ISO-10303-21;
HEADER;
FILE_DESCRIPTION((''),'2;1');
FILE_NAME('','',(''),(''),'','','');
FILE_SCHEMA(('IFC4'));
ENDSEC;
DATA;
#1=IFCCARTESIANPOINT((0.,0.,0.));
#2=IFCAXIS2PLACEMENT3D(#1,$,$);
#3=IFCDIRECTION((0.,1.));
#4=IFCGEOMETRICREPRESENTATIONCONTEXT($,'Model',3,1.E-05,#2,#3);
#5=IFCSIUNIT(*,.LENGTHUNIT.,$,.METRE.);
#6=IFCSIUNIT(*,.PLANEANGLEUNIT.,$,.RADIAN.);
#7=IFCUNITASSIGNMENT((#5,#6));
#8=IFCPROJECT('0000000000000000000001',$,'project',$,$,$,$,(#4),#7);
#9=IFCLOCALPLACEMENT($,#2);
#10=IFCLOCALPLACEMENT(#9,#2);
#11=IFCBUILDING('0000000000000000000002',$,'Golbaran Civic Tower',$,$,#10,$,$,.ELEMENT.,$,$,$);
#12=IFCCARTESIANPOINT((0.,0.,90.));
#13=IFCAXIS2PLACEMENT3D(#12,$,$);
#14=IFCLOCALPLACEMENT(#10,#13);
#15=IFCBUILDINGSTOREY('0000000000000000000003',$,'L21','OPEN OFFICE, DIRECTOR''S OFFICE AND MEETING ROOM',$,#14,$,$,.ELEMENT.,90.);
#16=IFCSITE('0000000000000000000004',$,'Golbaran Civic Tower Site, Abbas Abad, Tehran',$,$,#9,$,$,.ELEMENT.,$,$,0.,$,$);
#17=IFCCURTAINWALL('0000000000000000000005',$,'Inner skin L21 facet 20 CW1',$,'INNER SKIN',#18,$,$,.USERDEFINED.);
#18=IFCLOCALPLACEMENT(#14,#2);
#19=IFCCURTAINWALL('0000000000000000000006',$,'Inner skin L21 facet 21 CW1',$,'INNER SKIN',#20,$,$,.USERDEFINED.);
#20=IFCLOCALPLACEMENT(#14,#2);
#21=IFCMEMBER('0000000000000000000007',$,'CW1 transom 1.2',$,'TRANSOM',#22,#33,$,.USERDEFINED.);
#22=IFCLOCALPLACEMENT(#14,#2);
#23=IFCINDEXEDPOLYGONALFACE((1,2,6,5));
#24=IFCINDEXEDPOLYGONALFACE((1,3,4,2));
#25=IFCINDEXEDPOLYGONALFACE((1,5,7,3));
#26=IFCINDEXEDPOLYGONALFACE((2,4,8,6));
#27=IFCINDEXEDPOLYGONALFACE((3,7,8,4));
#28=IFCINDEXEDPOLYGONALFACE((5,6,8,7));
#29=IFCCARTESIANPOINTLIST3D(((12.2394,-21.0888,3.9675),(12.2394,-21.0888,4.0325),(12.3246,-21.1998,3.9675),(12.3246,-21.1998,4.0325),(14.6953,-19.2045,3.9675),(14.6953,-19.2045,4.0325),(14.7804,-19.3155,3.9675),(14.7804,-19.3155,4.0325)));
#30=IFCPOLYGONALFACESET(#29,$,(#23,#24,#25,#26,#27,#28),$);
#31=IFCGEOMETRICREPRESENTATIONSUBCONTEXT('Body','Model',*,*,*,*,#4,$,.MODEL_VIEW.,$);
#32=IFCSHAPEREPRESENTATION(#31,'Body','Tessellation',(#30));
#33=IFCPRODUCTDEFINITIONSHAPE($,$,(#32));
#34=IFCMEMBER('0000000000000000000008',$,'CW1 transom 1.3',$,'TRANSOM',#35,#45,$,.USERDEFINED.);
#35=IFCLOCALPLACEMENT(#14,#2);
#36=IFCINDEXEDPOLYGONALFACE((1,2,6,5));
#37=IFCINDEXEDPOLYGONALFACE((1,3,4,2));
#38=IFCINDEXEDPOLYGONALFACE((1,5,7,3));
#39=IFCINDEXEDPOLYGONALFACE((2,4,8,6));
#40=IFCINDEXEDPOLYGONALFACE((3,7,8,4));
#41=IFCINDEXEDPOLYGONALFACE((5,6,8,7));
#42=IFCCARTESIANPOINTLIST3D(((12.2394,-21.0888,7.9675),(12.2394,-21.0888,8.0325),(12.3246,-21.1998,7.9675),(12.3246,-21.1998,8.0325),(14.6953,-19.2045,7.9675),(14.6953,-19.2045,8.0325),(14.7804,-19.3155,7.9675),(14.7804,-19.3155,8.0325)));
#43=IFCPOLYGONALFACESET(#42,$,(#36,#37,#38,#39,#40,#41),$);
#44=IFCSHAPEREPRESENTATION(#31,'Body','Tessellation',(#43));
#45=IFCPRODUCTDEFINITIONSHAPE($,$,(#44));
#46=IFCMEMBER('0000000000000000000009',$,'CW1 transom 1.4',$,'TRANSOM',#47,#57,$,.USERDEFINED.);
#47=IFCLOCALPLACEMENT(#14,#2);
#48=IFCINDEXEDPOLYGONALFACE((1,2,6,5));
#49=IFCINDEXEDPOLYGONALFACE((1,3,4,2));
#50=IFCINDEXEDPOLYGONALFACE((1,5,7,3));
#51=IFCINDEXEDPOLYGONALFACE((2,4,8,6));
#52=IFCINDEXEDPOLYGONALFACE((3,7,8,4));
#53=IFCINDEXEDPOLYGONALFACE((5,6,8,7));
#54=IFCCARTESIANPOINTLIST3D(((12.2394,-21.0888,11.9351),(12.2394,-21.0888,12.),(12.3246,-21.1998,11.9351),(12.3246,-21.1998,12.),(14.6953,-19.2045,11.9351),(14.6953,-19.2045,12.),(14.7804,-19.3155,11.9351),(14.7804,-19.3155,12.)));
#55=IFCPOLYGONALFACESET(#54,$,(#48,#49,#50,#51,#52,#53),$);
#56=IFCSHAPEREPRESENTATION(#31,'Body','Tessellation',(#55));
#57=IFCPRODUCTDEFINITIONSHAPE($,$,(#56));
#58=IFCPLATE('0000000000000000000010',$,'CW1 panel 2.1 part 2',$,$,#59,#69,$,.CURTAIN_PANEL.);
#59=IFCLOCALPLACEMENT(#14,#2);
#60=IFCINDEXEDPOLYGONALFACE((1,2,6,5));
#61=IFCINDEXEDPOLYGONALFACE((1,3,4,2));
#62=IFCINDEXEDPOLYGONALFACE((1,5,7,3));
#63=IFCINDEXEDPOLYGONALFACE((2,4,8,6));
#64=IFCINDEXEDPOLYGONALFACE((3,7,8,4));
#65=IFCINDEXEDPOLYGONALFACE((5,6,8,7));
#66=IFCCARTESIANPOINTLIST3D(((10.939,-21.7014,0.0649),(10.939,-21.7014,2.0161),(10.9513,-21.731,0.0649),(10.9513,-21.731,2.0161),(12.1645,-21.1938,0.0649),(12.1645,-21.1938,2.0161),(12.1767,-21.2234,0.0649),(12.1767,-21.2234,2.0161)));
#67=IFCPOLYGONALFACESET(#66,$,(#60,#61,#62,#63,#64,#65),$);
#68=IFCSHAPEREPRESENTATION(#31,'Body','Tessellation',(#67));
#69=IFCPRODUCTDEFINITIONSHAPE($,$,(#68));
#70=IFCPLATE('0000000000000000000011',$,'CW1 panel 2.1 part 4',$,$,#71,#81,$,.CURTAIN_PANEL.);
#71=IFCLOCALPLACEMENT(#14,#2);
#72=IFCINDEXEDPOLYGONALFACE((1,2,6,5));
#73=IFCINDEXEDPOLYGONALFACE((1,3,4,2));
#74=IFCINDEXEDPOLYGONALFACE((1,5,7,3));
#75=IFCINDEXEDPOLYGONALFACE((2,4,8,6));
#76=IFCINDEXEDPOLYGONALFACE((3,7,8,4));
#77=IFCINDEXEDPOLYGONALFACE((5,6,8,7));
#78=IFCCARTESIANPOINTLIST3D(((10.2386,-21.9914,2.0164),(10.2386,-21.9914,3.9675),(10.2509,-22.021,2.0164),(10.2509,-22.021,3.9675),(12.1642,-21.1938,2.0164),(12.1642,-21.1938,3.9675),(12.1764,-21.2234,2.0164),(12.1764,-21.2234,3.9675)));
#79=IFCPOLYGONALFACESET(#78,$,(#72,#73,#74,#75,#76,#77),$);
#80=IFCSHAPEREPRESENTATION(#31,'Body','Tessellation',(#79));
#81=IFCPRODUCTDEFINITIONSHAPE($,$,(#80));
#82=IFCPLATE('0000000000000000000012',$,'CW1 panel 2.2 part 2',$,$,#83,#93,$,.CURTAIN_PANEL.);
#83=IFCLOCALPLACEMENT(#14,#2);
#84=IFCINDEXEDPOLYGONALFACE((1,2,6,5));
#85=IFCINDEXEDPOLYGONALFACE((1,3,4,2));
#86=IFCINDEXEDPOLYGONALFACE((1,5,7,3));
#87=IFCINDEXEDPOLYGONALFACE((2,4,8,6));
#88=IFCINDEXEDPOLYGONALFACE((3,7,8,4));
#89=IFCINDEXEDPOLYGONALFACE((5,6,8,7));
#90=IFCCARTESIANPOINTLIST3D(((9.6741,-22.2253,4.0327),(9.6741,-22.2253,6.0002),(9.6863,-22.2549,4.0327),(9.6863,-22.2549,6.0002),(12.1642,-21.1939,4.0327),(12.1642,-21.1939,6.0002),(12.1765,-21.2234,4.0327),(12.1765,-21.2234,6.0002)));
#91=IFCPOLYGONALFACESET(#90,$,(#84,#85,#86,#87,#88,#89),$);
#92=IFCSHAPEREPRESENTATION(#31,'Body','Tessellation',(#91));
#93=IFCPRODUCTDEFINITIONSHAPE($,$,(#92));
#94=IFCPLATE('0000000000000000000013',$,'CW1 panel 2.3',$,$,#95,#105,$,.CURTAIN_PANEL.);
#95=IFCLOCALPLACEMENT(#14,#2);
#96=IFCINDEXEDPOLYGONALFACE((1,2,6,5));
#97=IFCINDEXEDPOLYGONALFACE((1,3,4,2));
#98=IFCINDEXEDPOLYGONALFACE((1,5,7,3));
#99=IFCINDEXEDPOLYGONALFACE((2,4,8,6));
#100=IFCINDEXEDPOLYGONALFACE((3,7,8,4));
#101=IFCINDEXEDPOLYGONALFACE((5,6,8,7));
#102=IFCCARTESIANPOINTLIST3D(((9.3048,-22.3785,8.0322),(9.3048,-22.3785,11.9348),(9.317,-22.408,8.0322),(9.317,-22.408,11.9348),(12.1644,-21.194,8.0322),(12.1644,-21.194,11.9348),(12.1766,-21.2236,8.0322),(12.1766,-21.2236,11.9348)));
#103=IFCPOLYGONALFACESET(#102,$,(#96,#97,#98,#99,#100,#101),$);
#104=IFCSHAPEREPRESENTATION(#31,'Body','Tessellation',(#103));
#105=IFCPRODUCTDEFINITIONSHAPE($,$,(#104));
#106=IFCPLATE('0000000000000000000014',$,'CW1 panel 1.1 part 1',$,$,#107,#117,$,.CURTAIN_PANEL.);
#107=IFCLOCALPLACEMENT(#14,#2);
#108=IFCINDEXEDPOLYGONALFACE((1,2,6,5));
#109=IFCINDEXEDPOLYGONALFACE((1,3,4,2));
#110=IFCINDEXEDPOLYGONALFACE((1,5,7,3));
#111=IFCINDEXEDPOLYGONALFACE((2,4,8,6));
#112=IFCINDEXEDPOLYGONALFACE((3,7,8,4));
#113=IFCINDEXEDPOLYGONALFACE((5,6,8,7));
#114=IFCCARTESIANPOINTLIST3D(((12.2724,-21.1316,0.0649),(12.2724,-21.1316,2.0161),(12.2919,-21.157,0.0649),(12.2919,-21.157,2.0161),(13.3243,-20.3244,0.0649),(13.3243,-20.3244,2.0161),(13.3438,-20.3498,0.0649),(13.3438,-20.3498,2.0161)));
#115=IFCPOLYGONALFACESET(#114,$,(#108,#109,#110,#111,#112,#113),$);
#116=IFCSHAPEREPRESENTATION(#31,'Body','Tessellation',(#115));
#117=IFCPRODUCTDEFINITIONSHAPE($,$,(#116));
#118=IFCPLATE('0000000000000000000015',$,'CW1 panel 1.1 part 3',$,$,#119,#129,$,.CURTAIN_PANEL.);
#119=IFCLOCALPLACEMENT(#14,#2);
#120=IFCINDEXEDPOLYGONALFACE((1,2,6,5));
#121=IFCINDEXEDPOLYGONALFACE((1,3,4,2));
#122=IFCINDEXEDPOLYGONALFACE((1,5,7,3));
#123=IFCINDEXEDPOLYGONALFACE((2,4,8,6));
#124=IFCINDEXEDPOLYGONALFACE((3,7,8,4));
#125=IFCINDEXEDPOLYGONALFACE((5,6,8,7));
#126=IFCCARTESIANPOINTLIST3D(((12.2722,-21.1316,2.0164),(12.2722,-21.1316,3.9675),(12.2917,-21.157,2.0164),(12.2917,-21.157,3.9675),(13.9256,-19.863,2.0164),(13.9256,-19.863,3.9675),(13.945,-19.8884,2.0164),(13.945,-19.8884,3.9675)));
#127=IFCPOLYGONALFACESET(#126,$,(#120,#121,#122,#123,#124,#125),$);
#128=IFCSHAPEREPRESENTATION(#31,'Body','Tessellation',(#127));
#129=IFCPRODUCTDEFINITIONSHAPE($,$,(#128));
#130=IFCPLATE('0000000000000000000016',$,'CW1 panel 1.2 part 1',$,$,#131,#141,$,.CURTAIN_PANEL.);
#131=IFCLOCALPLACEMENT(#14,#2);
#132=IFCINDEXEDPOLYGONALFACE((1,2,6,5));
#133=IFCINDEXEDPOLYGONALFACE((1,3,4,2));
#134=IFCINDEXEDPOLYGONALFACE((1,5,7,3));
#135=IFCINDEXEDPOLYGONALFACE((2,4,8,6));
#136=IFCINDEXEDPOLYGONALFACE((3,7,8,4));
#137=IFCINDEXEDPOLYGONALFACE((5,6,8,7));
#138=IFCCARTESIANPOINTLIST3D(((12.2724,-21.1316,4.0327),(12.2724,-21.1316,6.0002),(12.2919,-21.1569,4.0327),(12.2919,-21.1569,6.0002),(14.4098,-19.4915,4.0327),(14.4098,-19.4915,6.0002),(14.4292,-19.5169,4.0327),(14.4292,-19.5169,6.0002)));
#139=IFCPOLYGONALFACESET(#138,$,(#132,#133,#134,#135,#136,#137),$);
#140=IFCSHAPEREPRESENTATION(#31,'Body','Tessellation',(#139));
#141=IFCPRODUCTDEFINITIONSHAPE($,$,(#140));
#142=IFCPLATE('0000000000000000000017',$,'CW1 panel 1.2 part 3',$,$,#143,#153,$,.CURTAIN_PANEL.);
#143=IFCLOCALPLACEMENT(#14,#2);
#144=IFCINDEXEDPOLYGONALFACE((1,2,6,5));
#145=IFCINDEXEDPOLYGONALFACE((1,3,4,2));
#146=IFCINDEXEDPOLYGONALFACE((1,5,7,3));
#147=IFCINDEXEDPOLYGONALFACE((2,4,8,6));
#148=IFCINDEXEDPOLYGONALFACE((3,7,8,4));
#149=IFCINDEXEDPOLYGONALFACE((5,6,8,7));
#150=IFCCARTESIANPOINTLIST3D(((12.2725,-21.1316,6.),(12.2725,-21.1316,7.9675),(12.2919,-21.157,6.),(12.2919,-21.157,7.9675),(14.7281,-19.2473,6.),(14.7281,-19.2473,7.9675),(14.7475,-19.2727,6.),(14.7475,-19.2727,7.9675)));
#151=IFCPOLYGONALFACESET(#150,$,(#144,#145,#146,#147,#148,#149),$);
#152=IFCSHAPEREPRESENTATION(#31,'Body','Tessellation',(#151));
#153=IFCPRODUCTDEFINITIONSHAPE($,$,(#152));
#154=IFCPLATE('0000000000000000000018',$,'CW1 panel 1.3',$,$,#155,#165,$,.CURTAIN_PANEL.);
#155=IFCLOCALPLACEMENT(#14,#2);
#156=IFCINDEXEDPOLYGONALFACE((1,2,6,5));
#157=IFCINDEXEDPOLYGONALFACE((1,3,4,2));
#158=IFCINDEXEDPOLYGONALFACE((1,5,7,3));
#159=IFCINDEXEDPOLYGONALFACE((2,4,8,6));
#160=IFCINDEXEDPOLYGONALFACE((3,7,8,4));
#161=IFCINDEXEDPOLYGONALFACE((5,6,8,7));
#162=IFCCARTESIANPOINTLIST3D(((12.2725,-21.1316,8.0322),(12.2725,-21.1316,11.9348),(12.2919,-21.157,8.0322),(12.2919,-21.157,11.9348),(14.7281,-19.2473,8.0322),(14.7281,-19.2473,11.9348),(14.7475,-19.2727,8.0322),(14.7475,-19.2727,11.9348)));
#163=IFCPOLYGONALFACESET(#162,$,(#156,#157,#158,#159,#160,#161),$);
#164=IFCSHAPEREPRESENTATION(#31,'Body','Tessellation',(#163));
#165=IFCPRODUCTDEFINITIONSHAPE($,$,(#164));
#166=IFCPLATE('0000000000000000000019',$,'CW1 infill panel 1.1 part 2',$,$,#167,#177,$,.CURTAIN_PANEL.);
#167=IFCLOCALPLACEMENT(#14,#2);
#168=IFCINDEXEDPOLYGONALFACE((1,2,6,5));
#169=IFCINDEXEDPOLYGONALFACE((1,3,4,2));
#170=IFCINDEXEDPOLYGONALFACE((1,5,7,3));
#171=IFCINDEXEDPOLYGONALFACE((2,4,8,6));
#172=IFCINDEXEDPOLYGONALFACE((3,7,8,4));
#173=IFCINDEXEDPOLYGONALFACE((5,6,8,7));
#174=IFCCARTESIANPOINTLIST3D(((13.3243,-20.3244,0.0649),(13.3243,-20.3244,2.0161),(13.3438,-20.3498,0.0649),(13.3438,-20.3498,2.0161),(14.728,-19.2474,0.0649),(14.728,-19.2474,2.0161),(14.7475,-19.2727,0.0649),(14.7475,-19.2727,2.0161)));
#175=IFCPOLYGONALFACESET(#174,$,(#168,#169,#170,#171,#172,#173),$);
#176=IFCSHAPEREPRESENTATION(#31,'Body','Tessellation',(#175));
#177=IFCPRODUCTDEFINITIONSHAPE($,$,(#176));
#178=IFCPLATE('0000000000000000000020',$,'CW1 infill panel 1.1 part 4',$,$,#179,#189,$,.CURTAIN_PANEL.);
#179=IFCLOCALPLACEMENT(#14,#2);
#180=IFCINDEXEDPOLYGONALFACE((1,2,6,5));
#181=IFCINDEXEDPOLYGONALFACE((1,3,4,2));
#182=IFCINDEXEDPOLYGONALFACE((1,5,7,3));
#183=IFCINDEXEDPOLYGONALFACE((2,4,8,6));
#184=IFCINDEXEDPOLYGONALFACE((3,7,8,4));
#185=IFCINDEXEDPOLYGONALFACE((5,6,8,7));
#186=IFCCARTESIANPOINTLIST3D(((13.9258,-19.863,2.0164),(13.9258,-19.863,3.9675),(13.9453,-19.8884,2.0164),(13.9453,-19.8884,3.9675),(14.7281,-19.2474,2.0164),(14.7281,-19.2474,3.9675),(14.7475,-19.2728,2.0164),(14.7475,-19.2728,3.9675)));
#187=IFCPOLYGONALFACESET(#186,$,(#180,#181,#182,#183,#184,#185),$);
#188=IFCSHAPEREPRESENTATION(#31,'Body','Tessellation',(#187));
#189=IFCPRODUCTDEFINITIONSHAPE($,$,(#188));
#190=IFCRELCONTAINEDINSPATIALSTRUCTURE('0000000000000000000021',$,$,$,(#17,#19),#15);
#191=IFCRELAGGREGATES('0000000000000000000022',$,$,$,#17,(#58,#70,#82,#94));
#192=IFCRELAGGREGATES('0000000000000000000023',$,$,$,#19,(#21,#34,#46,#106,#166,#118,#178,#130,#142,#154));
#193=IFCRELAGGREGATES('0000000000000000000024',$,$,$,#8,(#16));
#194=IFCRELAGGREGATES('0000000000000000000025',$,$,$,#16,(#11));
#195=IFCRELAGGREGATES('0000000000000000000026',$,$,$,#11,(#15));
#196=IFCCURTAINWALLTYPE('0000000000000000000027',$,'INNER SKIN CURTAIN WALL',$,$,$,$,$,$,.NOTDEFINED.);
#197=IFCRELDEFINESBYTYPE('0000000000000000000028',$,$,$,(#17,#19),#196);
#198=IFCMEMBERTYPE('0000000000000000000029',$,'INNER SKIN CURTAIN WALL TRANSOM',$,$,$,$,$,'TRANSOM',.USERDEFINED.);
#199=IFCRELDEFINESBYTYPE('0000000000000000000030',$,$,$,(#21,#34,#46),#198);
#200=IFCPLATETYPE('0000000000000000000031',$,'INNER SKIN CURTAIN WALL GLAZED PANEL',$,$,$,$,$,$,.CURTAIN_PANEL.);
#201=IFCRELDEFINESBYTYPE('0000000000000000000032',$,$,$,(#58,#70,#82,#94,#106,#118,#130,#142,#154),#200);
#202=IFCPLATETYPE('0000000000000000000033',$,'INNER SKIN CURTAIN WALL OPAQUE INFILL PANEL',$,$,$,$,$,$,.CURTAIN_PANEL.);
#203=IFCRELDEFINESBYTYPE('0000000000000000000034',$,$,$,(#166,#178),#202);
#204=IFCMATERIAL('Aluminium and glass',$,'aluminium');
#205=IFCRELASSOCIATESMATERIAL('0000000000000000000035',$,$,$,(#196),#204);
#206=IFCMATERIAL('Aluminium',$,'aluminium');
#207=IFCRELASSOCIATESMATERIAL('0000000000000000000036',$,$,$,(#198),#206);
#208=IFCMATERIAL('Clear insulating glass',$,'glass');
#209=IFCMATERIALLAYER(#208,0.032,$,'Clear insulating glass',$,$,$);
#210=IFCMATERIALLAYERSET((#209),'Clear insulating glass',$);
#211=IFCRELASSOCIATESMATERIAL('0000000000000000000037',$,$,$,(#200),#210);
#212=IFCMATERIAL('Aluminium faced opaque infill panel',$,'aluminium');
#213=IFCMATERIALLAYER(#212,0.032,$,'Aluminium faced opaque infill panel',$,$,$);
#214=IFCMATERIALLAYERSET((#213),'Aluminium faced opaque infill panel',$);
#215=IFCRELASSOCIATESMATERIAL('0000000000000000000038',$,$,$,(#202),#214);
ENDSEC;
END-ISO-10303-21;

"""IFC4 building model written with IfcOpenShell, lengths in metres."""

from ifc_helpers import new_model, si_unit, direction, frame, origin, origin_2d, place, context, subcontext, project, spatial, rectangle, extrude, material, layer, layer_set, material_profile, profile_set, type_object, element, aggregate, save


model = new_model("IFC4")

# Units and contexts
model_context = context("Model", 3, precision=1e-05, world=origin(), true_north=direction((0.0, 1.0)))
body_context = subcontext(model_context, "Body", "Model", "MODEL_VIEW")
ifc_project = project(units=[si_unit("LENGTHUNIT", "METRE"), si_unit("PLANEANGLEUNIT", "RADIAN")], contexts=[model_context])

# Site, building, storey
site_placement = place(None, origin())
site = spatial("IfcSite", under=ifc_project, at=site_placement, Name="Golbaran Civic Tower Site, Abbas Abad, Tehran", CompositionType="ELEMENT", RefElevation=0.0)
building_placement = place(site_placement, origin())
building = spatial("IfcBuilding", under=site, at=building_placement, Name="Golbaran Civic Tower", CompositionType="ELEMENT")
storey_placement = place(building_placement, frame((0.0, 0.0, 90.0)))
storey = spatial("IfcBuildingStorey", under=building, at=storey_placement, Name="L21", Description="OPEN OFFICE, DIRECTOR'S OFFICE AND MEETING ROOM", CompositionType="ELEMENT", Elevation=90.0)

# Curtain wall
ifc_material_1 = material(Name="Aluminium and glass", Category="aluminium")
curtain_wall_type = type_object("IfcCurtainWallType", Name="INNER SKIN CURTAIN WALL", PredefinedType="NOTDEFINED", material=ifc_material_1)
curtain_wall_1_placement = place(storey_placement, origin())
curtain_wall_1 = element("IfcCurtainWall", 1, at=curtain_wall_1_placement, inside=storey, type_object=curtain_wall_type, Name="Inner skin L21 facet 20 CW1", ObjectType="INNER SKIN", PredefinedType="USERDEFINED")
ifc_material_2 = material(Name="Aluminium", Category="aluminium")

# Curtain wall, members
curtain_wall_2_placement = place(storey_placement, origin())
curtain_wall_2 = element("IfcCurtainWall", 2, at=curtain_wall_2_placement, inside=storey, type_object=curtain_wall_type, Name="Inner skin L21 facet 21 CW1", ObjectType="INNER SKIN", PredefinedType="USERDEFINED")
ifc_material_profile_1 = material_profile(ifc_material_2, rectangle(XDim=0.1399, YDim=0.0649, at=origin_2d()), Name="INNER SKIN CURTAIN WALL TRANSOM")
ifc_profile_set_1 = profile_set([ifc_material_profile_1], Name="Aluminium")
member_type_1 = type_object("IfcMemberType", Name="INNER SKIN CURTAIN WALL TRANSOM", ElementType="TRANSOM", PredefinedType="USERDEFINED", material=ifc_profile_set_1)
member_1_placement = place(storey_placement, frame((12.282, -21.1443, 4.0), z_axis=(0.793374, 0.608735, 0.0), x_axis=(-0.608735, 0.793374, 0.0)))
member_1 = element("IfcMember", 3, at=member_1_placement, type_object=member_type_1, Name="CW1 transom 1.2", ObjectType="TRANSOM", PredefinedType="USERDEFINED", context=body_context, shape_type="SweptSolid", body=[
    extrude(rectangle(XDim=0.1399, YDim=0.0649, at=origin_2d()), origin(), (0.0, 0.0, 1.0), 3.0955),
])
member_2_placement = place(storey_placement, frame((12.282, -21.1443, 8.0), z_axis=(0.793374, 0.608735, 0.0), x_axis=(-0.608735, 0.793374, 0.0)))
member_2 = element("IfcMember", 4, at=member_2_placement, type_object=member_type_1, Name="CW1 transom 1.3", ObjectType="TRANSOM", PredefinedType="USERDEFINED", context=body_context, shape_type="SweptSolid", body=[
    extrude(rectangle(XDim=0.1399, YDim=0.0649, at=origin_2d()), origin(), (0.0, 0.0, 1.0), 3.0955),
])
member_3_placement = place(storey_placement, frame((12.282, -21.1443, 11.9675), z_axis=(0.793374, 0.608735, 0.0), x_axis=(-0.608735, 0.793374, 0.0)))
member_3 = element("IfcMember", 5, at=member_3_placement, type_object=member_type_1, Name="CW1 transom 1.4", ObjectType="TRANSOM", PredefinedType="USERDEFINED", context=body_context, shape_type="SweptSolid", body=[
    extrude(rectangle(XDim=0.1399, YDim=0.0649, at=origin_2d()), origin(), (0.0, 0.0, 1.0), 3.0955),
])

# Plates
ifc_material_3 = material(Name="Clear insulating glass", Category="glass")
ifc_layer_1 = layer(ifc_material_3, 0.032, Name="Clear insulating glass")
ifc_layer_set_1 = layer_set([ifc_layer_1], Name="Clear insulating glass")
plate_type_1 = type_object("IfcPlateType", Name="INNER SKIN CURTAIN WALL GLAZED PANEL", PredefinedType="CURTAIN_PANEL", material=ifc_layer_set_1)
plate_1_placement = place(storey_placement, frame((11.5579, -21.4624, 0.0649), z_axis=(0.0, 0.0, 1.0), x_axis=(0.92388, 0.382683, 0.0)))
plate_1 = element("IfcPlate", 6, at=plate_1_placement, type_object=plate_type_1, Name="CW1 panel 2.1 part 2", PredefinedType="CURTAIN_PANEL", context=body_context, shape_type="SweptSolid", body=[
    extrude(rectangle(XDim=1.3264, YDim=0.032, at=origin_2d()), origin(), (0.0, 0.0, 1.0), 1.9512),
])
plate_2_placement = place(storey_placement, frame((11.2075, -21.6074, 2.0164), z_axis=(0.0, 0.0, 1.0), x_axis=(0.92388, 0.382683, 0.0)))
plate_2 = element("IfcPlate", 7, at=plate_2_placement, type_object=plate_type_1, Name="CW1 panel 2.1 part 4", PredefinedType="CURTAIN_PANEL", context=body_context, shape_type="SweptSolid", body=[
    extrude(rectangle(XDim=2.0842, YDim=0.032, at=origin_2d()), origin(), (0.0, 0.0, 1.0), 1.9512),
])
plate_3_placement = place(storey_placement, frame((10.9253, -21.7244, 4.0327), z_axis=(0.0, 0.0, 1.0), x_axis=(0.92388, 0.382683, 0.0)))
plate_3 = element("IfcPlate", 8, at=plate_3_placement, type_object=plate_type_1, Name="CW1 panel 2.2 part 2", PredefinedType="CURTAIN_PANEL", context=body_context, shape_type="SweptSolid", body=[
    extrude(rectangle(XDim=2.6953, YDim=0.032, at=origin_2d()), origin(), (0.0, 0.0, 1.0), 1.9675),
])
plate_4_placement = place(storey_placement, frame((10.7407, -21.801, 8.0322), z_axis=(0.0, 0.0, 1.0), x_axis=(0.92388, 0.382683, 0.0)))
plate_4 = element("IfcPlate", 9, at=plate_4_placement, type_object=plate_type_1, Name="CW1 panel 2.3", PredefinedType="CURTAIN_PANEL", context=body_context, shape_type="SweptSolid", body=[
    extrude(rectangle(XDim=3.0952, YDim=0.032, at=origin_2d()), origin(), (0.0, 0.0, 1.0), 3.9026),
])
aggregate(curtain_wall_1, [plate_1, plate_2, plate_3, plate_4])
plate_5_placement = place(storey_placement, frame((12.8081, -20.7407, 0.0649), z_axis=(0.0, 0.0, 1.0), x_axis=(0.793353, 0.608761, 0.0)))
plate_5 = element("IfcPlate", 10, at=plate_5_placement, type_object=plate_type_1, Name="CW1 panel 1.1 part 1", PredefinedType="CURTAIN_PANEL", context=body_context, shape_type="SweptSolid", body=[
    extrude(rectangle(XDim=1.3259, YDim=0.032, at=origin_2d()), origin(), (0.0, 0.0, 1.0), 1.9512),
])
plate_6_placement = place(storey_placement, frame((13.1086, -20.51, 2.0164), z_axis=(0.0, 0.0, 1.0), x_axis=(0.793353, 0.608761, 0.0)))
plate_6 = element("IfcPlate", 11, at=plate_6_placement, type_object=plate_type_1, Name="CW1 panel 1.1 part 3", PredefinedType="CURTAIN_PANEL", context=body_context, shape_type="SweptSolid", body=[
    extrude(rectangle(XDim=2.084, YDim=0.032, at=origin_2d()), origin(), (0.0, 0.0, 1.0), 1.9512),
])
plate_7_placement = place(storey_placement, frame((13.3508, -20.3242, 4.0327), z_axis=(0.0, 0.0, 1.0), x_axis=(0.793353, 0.608761, 0.0)))
plate_7 = element("IfcPlate", 12, at=plate_7_placement, type_object=plate_type_1, Name="CW1 panel 1.2 part 1", PredefinedType="CURTAIN_PANEL", context=body_context, shape_type="SweptSolid", body=[
    extrude(rectangle(XDim=2.6941, YDim=0.032, at=origin_2d()), origin(), (0.0, 0.0, 1.0), 1.9675),
])
plate_8_placement = place(storey_placement, frame((13.51, -20.2021, 6.0), z_axis=(0.0, 0.0, 1.0), x_axis=(0.793353, 0.608761, 0.0)))
plate_8 = element("IfcPlate", 13, at=plate_8_placement, type_object=plate_type_1, Name="CW1 panel 1.2 part 3", PredefinedType="CURTAIN_PANEL", context=body_context, shape_type="SweptSolid", body=[
    extrude(rectangle(XDim=3.0952, YDim=0.032, at=origin_2d()), origin(), (0.0, 0.0, 1.0), 1.9675),
])
plate_9_placement = place(storey_placement, frame((13.51, -20.2021, 8.0322), z_axis=(0.0, 0.0, 1.0), x_axis=(0.793353, 0.608761, 0.0)))
plate_9 = element("IfcPlate", 14, at=plate_9_placement, type_object=plate_type_1, Name="CW1 panel 1.3", PredefinedType="CURTAIN_PANEL", context=body_context, shape_type="SweptSolid", body=[
    extrude(rectangle(XDim=3.0952, YDim=0.032, at=origin_2d()), origin(), (0.0, 0.0, 1.0), 3.9026),
])
ifc_material_4 = material(Name="Aluminium faced opaque infill panel", Category="aluminium")
ifc_layer_2 = layer(ifc_material_4, 0.032, Name="Aluminium faced opaque infill panel")
ifc_layer_set_2 = layer_set([ifc_layer_2], Name="Aluminium faced opaque infill panel")
plate_type_2 = type_object("IfcPlateType", Name="INNER SKIN CURTAIN WALL OPAQUE INFILL PANEL", PredefinedType="CURTAIN_PANEL", material=ifc_layer_set_2)
plate_10_placement = place(storey_placement, frame((14.0359, -19.7986, 0.0649), z_axis=(0.0, 0.0, 1.0), x_axis=(0.793353, 0.608761, 0.0)))
plate_10 = element("IfcPlate", 15, at=plate_10_placement, type_object=plate_type_2, Name="CW1 infill panel 1.1 part 2", PredefinedType="CURTAIN_PANEL", context=body_context, shape_type="SweptSolid", body=[
    extrude(rectangle(XDim=1.7693, YDim=0.032, at=origin_2d()), origin(), (0.0, 0.0, 1.0), 1.9512),
])
plate_11_placement = place(storey_placement, frame((14.3367, -19.5679, 2.0164), z_axis=(0.0, 0.0, 1.0), x_axis=(0.793353, 0.608761, 0.0)))
plate_11 = element("IfcPlate", 16, at=plate_11_placement, type_object=plate_type_2, Name="CW1 infill panel 1.1 part 4", PredefinedType="CURTAIN_PANEL", context=body_context, shape_type="SweptSolid", body=[
    extrude(rectangle(XDim=1.0112, YDim=0.032, at=origin_2d()), origin(), (0.0, 0.0, 1.0), 1.9512),
])
aggregate(curtain_wall_2, [member_1, member_2, member_3, plate_5, plate_10, plate_6, plate_11, plate_7, plate_8, plate_9])

save(model, "model.ifc")
